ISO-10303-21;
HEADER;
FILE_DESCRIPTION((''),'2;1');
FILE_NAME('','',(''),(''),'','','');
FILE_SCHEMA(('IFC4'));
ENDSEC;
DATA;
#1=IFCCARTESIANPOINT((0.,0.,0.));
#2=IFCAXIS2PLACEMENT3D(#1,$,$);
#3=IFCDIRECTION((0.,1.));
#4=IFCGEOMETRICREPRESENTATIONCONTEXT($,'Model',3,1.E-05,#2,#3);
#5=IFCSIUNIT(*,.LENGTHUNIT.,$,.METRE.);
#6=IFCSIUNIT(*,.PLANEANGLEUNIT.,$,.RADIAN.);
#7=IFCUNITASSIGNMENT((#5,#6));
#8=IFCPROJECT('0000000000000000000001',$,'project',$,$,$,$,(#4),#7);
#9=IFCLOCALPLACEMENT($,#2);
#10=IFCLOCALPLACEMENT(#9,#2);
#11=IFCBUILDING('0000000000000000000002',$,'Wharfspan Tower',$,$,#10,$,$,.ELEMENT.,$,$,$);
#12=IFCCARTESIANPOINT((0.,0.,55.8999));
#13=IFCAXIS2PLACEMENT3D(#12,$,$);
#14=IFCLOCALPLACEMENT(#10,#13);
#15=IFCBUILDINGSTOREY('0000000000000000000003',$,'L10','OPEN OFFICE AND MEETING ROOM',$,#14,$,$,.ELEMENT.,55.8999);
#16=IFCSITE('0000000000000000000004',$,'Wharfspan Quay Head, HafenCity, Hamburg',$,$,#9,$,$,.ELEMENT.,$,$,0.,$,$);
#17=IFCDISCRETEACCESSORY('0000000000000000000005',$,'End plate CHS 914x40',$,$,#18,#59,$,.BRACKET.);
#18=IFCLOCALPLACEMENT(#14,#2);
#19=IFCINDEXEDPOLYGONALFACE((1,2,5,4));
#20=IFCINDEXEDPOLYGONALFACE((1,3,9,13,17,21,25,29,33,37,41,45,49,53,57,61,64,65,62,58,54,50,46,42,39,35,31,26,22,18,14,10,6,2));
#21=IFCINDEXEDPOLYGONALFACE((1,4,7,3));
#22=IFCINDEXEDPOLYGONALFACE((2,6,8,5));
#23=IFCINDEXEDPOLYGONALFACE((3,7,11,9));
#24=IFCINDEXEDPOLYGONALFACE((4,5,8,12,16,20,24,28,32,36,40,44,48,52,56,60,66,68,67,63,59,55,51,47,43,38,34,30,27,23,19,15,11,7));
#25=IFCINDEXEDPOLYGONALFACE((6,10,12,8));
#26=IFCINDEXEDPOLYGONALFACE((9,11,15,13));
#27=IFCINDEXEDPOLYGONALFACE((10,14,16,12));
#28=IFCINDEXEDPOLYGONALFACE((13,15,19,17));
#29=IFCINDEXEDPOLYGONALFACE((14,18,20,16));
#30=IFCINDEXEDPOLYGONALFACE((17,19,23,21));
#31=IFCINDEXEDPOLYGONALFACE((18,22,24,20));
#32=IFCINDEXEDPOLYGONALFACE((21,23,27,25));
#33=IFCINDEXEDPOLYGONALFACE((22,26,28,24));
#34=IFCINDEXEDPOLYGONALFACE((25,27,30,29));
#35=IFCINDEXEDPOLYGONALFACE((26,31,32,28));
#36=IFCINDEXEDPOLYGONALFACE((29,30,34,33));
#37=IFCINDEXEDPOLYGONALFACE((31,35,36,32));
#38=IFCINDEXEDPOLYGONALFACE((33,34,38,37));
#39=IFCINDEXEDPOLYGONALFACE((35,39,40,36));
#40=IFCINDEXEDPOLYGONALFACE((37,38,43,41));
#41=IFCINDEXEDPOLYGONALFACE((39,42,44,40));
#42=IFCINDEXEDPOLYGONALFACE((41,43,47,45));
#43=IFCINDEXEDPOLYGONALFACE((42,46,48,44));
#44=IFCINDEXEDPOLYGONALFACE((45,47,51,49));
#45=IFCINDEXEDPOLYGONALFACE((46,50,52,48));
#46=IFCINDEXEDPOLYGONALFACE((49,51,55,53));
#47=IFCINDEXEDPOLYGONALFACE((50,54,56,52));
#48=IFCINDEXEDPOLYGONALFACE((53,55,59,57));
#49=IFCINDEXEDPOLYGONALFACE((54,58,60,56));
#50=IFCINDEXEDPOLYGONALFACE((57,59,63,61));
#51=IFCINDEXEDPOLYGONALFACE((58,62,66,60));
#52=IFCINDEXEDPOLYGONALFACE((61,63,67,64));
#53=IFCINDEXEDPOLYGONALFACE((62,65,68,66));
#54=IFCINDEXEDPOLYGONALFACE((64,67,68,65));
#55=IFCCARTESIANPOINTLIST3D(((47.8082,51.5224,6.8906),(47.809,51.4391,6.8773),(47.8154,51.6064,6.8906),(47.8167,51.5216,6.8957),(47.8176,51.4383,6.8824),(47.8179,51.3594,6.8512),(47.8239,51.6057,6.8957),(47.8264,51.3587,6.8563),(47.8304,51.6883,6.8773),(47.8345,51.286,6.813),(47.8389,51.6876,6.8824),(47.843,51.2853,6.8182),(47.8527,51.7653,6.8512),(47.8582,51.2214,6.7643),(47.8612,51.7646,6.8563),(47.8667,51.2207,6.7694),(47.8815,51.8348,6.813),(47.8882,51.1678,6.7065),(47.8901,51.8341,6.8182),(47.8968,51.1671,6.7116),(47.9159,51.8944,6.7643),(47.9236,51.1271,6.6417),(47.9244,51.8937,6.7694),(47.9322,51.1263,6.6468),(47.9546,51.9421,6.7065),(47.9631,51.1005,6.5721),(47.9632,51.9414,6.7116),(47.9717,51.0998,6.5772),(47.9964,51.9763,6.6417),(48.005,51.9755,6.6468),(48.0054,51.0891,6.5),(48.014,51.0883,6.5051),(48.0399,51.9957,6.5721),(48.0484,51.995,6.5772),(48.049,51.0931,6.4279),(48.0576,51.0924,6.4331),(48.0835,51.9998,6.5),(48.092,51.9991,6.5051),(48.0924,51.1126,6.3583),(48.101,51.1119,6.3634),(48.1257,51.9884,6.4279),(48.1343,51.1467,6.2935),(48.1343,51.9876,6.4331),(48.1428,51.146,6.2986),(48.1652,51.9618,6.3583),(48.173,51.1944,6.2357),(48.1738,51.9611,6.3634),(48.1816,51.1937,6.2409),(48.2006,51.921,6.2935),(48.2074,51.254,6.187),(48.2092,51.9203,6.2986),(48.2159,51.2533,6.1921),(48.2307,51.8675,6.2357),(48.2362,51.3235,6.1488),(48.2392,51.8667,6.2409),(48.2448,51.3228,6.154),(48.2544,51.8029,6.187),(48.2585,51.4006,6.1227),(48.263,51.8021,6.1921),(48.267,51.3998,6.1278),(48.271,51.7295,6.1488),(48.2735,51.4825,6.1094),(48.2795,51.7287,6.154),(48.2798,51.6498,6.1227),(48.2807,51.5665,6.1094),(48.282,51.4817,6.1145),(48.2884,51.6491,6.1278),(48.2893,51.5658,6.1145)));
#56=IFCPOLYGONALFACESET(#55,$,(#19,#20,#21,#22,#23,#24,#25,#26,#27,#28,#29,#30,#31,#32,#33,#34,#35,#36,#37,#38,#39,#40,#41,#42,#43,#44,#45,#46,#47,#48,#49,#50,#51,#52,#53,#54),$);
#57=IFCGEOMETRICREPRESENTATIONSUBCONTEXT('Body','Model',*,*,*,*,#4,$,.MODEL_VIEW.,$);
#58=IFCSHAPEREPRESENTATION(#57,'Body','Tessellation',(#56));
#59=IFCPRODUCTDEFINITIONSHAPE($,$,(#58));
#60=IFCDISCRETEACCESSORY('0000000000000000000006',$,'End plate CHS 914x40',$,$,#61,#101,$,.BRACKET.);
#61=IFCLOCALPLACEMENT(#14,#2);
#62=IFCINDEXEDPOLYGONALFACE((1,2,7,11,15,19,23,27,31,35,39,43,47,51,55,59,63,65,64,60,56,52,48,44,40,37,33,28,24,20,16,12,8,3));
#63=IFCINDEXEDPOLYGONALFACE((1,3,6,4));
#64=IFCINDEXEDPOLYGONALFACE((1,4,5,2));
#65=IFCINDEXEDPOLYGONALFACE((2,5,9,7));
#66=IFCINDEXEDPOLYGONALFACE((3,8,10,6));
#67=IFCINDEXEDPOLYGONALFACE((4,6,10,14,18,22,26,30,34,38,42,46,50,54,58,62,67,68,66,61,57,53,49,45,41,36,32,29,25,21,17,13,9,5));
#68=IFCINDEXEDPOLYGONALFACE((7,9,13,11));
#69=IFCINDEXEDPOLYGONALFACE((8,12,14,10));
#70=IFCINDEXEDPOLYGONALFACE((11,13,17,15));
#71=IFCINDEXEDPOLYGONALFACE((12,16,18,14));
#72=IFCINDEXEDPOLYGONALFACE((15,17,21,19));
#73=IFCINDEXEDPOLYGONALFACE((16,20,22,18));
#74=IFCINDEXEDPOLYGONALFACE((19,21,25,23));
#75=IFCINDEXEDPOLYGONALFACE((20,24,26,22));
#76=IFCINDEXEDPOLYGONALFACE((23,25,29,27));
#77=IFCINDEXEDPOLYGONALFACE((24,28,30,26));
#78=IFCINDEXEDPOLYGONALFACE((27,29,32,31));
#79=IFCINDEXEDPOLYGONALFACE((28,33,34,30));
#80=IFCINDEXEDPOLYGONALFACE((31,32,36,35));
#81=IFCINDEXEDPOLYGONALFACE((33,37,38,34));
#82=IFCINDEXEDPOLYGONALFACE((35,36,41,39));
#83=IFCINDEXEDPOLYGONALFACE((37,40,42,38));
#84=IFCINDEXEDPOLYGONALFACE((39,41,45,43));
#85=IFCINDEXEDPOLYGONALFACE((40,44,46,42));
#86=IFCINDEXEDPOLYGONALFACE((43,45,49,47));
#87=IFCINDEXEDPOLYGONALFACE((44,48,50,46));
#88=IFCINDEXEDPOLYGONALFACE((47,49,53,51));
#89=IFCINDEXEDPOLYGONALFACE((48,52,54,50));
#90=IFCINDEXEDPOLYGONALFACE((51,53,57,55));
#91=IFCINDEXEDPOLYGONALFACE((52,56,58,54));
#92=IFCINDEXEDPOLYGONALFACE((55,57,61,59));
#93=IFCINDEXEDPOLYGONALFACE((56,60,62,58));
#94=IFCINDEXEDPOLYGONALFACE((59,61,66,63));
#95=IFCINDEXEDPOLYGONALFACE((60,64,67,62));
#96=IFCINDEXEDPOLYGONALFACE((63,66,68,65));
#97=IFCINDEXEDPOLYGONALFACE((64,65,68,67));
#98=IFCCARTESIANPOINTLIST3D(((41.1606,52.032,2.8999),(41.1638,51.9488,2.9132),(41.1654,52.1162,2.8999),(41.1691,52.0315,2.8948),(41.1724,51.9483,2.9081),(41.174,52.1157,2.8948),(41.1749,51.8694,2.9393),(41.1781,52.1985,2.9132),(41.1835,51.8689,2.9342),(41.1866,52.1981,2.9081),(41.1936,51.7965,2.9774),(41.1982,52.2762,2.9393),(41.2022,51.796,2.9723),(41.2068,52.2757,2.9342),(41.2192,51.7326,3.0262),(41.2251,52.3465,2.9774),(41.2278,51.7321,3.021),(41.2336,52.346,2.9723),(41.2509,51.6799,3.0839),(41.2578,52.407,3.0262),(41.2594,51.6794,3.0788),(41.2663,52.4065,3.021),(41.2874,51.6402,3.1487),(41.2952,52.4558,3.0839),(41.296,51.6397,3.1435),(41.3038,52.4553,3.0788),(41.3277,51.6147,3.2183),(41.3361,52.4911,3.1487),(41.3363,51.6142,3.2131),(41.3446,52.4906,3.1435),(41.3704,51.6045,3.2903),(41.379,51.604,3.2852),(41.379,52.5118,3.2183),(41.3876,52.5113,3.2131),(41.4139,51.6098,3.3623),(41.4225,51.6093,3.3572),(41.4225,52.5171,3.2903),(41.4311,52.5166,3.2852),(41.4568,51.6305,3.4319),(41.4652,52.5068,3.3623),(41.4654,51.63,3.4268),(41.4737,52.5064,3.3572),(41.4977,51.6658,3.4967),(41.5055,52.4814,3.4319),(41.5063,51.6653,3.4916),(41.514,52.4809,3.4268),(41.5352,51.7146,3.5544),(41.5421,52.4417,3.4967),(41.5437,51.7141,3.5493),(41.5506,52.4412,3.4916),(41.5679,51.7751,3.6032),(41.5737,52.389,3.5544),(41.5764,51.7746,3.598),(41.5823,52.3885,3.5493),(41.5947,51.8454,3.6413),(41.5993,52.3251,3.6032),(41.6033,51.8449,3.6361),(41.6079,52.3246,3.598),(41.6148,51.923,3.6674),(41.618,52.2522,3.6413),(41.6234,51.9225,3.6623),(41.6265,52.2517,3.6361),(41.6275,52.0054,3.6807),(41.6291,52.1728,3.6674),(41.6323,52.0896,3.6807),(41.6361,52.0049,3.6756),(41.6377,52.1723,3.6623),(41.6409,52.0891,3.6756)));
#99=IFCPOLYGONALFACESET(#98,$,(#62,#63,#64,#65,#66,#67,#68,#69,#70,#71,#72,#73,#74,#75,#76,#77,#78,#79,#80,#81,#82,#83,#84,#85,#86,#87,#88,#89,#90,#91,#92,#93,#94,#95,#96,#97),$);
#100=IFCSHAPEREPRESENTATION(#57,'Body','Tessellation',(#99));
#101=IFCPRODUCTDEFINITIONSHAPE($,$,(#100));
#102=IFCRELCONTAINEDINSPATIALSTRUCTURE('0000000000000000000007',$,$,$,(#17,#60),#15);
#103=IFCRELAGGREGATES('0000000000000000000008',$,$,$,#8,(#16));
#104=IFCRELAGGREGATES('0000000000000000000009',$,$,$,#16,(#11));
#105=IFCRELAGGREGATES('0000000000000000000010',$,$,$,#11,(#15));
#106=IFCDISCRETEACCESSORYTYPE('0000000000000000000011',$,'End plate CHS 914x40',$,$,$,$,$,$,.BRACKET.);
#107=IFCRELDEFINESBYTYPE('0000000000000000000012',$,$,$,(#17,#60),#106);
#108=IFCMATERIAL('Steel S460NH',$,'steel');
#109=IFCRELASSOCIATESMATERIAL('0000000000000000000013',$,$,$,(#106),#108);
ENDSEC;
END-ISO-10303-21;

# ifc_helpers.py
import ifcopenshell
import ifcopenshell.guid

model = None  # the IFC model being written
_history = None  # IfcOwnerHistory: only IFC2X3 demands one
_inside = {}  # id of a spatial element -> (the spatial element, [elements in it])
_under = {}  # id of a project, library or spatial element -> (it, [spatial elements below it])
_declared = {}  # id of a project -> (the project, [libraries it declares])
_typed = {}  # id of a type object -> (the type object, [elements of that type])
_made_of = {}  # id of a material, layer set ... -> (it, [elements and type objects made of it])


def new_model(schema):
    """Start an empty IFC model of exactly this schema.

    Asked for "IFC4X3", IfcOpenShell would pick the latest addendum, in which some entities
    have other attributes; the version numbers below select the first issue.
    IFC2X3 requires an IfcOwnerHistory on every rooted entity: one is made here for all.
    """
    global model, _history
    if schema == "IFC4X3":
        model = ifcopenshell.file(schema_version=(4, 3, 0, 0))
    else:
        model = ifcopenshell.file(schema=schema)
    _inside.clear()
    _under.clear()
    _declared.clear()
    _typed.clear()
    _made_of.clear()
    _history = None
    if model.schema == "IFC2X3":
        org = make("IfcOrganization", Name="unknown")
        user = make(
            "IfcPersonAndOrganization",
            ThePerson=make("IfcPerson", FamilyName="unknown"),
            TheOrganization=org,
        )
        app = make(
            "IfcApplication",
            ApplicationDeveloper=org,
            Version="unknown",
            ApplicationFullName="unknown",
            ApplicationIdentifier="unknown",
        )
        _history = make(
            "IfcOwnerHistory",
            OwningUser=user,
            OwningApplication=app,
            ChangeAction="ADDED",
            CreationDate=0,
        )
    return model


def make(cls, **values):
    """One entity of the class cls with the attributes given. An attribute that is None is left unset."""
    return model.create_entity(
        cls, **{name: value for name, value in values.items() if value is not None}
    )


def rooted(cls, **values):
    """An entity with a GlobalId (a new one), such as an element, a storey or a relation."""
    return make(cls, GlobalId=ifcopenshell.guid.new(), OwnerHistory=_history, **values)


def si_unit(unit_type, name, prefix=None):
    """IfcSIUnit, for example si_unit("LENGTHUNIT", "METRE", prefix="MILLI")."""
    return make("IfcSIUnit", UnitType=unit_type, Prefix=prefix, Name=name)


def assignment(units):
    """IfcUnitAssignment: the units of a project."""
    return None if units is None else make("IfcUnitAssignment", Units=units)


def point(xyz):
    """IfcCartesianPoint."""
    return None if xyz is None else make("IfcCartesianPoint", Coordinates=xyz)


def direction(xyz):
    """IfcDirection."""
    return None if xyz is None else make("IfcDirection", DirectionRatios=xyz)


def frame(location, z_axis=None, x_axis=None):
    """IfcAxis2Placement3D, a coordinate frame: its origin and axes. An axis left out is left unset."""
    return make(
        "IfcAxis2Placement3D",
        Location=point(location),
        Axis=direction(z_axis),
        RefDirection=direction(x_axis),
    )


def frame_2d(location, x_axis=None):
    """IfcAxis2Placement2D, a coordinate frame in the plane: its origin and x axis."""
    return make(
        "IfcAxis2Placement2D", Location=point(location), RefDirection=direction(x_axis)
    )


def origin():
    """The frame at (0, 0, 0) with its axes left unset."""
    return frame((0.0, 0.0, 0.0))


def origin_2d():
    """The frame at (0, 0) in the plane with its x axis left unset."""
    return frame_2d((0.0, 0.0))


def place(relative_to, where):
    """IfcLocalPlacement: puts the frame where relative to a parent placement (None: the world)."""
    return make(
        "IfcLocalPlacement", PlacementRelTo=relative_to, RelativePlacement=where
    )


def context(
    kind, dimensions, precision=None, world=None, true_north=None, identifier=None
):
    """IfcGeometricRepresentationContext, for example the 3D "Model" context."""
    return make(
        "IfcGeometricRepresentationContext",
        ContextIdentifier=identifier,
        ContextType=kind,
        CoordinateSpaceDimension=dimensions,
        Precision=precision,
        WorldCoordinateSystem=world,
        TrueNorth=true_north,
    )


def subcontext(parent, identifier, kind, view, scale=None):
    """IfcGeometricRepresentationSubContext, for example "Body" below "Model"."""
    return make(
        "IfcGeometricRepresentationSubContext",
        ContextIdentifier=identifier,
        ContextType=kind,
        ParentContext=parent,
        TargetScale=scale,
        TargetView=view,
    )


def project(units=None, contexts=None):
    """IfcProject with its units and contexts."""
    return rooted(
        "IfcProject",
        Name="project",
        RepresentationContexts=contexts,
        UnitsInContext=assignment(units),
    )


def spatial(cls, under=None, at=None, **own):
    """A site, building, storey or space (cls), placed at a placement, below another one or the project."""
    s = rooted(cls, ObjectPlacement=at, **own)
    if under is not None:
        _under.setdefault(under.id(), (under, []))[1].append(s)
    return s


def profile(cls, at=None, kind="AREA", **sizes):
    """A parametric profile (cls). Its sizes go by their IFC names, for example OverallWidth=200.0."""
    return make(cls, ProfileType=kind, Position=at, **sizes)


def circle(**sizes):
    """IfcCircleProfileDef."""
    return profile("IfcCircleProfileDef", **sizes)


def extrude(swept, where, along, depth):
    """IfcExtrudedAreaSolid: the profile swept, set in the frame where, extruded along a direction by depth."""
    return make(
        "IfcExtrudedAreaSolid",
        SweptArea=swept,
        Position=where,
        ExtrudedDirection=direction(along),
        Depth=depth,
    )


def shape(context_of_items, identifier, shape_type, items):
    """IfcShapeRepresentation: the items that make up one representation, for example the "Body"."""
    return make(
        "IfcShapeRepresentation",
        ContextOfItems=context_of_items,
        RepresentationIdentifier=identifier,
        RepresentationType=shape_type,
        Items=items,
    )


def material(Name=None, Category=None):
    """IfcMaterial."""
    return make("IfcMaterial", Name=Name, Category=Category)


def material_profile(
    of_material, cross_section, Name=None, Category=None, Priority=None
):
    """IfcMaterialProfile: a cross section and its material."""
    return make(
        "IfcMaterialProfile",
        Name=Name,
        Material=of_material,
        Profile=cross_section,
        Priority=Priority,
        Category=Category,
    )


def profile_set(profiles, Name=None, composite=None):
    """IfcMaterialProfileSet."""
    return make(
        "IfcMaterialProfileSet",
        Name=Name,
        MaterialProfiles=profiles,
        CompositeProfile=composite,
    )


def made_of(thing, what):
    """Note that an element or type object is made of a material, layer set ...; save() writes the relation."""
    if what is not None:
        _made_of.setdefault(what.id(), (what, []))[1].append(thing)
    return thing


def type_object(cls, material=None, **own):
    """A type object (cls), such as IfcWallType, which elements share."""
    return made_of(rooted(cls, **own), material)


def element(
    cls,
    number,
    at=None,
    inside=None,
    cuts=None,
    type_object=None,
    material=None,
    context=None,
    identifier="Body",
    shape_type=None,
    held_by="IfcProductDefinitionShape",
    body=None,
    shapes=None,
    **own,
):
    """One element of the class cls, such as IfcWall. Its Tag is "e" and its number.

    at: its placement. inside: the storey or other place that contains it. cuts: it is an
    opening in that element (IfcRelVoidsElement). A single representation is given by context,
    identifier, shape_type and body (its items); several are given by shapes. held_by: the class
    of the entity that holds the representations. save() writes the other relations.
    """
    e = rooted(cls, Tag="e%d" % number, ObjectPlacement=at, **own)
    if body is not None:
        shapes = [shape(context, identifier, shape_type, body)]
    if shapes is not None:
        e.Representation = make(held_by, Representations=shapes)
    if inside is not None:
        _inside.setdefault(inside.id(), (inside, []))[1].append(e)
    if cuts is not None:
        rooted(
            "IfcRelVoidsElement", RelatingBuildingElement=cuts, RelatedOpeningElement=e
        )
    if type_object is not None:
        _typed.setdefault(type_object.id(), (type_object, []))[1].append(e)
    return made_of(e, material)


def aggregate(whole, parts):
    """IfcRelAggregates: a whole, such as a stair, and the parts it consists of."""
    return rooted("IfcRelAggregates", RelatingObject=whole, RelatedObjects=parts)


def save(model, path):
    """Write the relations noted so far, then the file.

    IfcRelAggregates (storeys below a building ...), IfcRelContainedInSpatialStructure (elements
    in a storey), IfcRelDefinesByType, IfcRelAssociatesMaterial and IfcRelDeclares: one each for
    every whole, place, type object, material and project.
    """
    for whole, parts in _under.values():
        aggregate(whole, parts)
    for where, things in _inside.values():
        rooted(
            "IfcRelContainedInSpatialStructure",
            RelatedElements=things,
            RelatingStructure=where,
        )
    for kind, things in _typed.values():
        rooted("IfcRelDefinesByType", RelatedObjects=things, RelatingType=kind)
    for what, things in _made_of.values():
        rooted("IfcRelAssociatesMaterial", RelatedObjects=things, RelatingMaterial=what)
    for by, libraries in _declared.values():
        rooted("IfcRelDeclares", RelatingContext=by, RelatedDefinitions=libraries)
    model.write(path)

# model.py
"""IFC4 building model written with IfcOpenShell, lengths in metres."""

from ifc_helpers import new_model, si_unit, direction, frame, origin, origin_2d, place, context, subcontext, project, spatial, circle, extrude, material, material_profile, profile_set, type_object, element, save


model = new_model("IFC4")

# Units and contexts
model_context = context("Model", 3, precision=1e-05, world=origin(), true_north=direction((0.0, 1.0)))
body_context = subcontext(model_context, "Body", "Model", "MODEL_VIEW")
ifc_project = project(units=[si_unit("LENGTHUNIT", "METRE"), si_unit("PLANEANGLEUNIT", "RADIAN")], contexts=[model_context])

# Site, building, storey
site_placement = place(None, origin())
site = spatial("IfcSite", under=ifc_project, at=site_placement, Name="Wharfspan Quay Head, HafenCity, Hamburg", CompositionType="ELEMENT", RefElevation=0.0)
building_placement = place(site_placement, origin())
building = spatial("IfcBuilding", under=site, at=building_placement, Name="Wharfspan Tower", CompositionType="ELEMENT")
storey_placement = place(building_placement, frame((0.0, 0.0, 55.8999)))
storey = spatial("IfcBuildingStorey", under=building, at=storey_placement, Name="L10", Description="OPEN OFFICE AND MEETING ROOM", CompositionType="ELEMENT", Elevation=55.8999)

# Shared definitions
ifc_material_1 = material(Name="Steel S460NH", Category="steel")

# Discrete accessories
ifc_material_profile_1 = material_profile(ifc_material_1, circle(Radius=0.457, at=origin_2d()))
ifc_profile_set_1 = profile_set([ifc_material_profile_1], Name="Steel S460NH")
discrete_accessory_type = type_object("IfcDiscreteAccessoryType", Name="End plate CHS 914x40", PredefinedType="BRACKET", material=ifc_profile_set_1)
for number, where, z_axis, x_axis, name in (
    (1, (48.0444, 51.5444, 6.5), (0.855186, -0.073302, 0.513112), (0.085402, 0.996345, -0.000001), "End plate CHS 914x40"),
    (2, (41.405, 52.0603, 3.2852), (-0.856465, 0.048941, 0.513879), (-0.05705, -0.998372, 0.0), "End plate CHS 914x40"),
):
    element("IfcDiscreteAccessory", number, at=place(storey_placement, frame(where, z_axis=z_axis, x_axis=x_axis)), inside=storey, type_object=discrete_accessory_type, Name=name, PredefinedType="BRACKET", context=body_context, shape_type="SweptSolid", body=[
        extrude(circle(Radius=0.457, at=origin_2d()), origin(), (0.0, 0.0, 1.0), 0.01),
    ])

save(model, "model.ifc")
